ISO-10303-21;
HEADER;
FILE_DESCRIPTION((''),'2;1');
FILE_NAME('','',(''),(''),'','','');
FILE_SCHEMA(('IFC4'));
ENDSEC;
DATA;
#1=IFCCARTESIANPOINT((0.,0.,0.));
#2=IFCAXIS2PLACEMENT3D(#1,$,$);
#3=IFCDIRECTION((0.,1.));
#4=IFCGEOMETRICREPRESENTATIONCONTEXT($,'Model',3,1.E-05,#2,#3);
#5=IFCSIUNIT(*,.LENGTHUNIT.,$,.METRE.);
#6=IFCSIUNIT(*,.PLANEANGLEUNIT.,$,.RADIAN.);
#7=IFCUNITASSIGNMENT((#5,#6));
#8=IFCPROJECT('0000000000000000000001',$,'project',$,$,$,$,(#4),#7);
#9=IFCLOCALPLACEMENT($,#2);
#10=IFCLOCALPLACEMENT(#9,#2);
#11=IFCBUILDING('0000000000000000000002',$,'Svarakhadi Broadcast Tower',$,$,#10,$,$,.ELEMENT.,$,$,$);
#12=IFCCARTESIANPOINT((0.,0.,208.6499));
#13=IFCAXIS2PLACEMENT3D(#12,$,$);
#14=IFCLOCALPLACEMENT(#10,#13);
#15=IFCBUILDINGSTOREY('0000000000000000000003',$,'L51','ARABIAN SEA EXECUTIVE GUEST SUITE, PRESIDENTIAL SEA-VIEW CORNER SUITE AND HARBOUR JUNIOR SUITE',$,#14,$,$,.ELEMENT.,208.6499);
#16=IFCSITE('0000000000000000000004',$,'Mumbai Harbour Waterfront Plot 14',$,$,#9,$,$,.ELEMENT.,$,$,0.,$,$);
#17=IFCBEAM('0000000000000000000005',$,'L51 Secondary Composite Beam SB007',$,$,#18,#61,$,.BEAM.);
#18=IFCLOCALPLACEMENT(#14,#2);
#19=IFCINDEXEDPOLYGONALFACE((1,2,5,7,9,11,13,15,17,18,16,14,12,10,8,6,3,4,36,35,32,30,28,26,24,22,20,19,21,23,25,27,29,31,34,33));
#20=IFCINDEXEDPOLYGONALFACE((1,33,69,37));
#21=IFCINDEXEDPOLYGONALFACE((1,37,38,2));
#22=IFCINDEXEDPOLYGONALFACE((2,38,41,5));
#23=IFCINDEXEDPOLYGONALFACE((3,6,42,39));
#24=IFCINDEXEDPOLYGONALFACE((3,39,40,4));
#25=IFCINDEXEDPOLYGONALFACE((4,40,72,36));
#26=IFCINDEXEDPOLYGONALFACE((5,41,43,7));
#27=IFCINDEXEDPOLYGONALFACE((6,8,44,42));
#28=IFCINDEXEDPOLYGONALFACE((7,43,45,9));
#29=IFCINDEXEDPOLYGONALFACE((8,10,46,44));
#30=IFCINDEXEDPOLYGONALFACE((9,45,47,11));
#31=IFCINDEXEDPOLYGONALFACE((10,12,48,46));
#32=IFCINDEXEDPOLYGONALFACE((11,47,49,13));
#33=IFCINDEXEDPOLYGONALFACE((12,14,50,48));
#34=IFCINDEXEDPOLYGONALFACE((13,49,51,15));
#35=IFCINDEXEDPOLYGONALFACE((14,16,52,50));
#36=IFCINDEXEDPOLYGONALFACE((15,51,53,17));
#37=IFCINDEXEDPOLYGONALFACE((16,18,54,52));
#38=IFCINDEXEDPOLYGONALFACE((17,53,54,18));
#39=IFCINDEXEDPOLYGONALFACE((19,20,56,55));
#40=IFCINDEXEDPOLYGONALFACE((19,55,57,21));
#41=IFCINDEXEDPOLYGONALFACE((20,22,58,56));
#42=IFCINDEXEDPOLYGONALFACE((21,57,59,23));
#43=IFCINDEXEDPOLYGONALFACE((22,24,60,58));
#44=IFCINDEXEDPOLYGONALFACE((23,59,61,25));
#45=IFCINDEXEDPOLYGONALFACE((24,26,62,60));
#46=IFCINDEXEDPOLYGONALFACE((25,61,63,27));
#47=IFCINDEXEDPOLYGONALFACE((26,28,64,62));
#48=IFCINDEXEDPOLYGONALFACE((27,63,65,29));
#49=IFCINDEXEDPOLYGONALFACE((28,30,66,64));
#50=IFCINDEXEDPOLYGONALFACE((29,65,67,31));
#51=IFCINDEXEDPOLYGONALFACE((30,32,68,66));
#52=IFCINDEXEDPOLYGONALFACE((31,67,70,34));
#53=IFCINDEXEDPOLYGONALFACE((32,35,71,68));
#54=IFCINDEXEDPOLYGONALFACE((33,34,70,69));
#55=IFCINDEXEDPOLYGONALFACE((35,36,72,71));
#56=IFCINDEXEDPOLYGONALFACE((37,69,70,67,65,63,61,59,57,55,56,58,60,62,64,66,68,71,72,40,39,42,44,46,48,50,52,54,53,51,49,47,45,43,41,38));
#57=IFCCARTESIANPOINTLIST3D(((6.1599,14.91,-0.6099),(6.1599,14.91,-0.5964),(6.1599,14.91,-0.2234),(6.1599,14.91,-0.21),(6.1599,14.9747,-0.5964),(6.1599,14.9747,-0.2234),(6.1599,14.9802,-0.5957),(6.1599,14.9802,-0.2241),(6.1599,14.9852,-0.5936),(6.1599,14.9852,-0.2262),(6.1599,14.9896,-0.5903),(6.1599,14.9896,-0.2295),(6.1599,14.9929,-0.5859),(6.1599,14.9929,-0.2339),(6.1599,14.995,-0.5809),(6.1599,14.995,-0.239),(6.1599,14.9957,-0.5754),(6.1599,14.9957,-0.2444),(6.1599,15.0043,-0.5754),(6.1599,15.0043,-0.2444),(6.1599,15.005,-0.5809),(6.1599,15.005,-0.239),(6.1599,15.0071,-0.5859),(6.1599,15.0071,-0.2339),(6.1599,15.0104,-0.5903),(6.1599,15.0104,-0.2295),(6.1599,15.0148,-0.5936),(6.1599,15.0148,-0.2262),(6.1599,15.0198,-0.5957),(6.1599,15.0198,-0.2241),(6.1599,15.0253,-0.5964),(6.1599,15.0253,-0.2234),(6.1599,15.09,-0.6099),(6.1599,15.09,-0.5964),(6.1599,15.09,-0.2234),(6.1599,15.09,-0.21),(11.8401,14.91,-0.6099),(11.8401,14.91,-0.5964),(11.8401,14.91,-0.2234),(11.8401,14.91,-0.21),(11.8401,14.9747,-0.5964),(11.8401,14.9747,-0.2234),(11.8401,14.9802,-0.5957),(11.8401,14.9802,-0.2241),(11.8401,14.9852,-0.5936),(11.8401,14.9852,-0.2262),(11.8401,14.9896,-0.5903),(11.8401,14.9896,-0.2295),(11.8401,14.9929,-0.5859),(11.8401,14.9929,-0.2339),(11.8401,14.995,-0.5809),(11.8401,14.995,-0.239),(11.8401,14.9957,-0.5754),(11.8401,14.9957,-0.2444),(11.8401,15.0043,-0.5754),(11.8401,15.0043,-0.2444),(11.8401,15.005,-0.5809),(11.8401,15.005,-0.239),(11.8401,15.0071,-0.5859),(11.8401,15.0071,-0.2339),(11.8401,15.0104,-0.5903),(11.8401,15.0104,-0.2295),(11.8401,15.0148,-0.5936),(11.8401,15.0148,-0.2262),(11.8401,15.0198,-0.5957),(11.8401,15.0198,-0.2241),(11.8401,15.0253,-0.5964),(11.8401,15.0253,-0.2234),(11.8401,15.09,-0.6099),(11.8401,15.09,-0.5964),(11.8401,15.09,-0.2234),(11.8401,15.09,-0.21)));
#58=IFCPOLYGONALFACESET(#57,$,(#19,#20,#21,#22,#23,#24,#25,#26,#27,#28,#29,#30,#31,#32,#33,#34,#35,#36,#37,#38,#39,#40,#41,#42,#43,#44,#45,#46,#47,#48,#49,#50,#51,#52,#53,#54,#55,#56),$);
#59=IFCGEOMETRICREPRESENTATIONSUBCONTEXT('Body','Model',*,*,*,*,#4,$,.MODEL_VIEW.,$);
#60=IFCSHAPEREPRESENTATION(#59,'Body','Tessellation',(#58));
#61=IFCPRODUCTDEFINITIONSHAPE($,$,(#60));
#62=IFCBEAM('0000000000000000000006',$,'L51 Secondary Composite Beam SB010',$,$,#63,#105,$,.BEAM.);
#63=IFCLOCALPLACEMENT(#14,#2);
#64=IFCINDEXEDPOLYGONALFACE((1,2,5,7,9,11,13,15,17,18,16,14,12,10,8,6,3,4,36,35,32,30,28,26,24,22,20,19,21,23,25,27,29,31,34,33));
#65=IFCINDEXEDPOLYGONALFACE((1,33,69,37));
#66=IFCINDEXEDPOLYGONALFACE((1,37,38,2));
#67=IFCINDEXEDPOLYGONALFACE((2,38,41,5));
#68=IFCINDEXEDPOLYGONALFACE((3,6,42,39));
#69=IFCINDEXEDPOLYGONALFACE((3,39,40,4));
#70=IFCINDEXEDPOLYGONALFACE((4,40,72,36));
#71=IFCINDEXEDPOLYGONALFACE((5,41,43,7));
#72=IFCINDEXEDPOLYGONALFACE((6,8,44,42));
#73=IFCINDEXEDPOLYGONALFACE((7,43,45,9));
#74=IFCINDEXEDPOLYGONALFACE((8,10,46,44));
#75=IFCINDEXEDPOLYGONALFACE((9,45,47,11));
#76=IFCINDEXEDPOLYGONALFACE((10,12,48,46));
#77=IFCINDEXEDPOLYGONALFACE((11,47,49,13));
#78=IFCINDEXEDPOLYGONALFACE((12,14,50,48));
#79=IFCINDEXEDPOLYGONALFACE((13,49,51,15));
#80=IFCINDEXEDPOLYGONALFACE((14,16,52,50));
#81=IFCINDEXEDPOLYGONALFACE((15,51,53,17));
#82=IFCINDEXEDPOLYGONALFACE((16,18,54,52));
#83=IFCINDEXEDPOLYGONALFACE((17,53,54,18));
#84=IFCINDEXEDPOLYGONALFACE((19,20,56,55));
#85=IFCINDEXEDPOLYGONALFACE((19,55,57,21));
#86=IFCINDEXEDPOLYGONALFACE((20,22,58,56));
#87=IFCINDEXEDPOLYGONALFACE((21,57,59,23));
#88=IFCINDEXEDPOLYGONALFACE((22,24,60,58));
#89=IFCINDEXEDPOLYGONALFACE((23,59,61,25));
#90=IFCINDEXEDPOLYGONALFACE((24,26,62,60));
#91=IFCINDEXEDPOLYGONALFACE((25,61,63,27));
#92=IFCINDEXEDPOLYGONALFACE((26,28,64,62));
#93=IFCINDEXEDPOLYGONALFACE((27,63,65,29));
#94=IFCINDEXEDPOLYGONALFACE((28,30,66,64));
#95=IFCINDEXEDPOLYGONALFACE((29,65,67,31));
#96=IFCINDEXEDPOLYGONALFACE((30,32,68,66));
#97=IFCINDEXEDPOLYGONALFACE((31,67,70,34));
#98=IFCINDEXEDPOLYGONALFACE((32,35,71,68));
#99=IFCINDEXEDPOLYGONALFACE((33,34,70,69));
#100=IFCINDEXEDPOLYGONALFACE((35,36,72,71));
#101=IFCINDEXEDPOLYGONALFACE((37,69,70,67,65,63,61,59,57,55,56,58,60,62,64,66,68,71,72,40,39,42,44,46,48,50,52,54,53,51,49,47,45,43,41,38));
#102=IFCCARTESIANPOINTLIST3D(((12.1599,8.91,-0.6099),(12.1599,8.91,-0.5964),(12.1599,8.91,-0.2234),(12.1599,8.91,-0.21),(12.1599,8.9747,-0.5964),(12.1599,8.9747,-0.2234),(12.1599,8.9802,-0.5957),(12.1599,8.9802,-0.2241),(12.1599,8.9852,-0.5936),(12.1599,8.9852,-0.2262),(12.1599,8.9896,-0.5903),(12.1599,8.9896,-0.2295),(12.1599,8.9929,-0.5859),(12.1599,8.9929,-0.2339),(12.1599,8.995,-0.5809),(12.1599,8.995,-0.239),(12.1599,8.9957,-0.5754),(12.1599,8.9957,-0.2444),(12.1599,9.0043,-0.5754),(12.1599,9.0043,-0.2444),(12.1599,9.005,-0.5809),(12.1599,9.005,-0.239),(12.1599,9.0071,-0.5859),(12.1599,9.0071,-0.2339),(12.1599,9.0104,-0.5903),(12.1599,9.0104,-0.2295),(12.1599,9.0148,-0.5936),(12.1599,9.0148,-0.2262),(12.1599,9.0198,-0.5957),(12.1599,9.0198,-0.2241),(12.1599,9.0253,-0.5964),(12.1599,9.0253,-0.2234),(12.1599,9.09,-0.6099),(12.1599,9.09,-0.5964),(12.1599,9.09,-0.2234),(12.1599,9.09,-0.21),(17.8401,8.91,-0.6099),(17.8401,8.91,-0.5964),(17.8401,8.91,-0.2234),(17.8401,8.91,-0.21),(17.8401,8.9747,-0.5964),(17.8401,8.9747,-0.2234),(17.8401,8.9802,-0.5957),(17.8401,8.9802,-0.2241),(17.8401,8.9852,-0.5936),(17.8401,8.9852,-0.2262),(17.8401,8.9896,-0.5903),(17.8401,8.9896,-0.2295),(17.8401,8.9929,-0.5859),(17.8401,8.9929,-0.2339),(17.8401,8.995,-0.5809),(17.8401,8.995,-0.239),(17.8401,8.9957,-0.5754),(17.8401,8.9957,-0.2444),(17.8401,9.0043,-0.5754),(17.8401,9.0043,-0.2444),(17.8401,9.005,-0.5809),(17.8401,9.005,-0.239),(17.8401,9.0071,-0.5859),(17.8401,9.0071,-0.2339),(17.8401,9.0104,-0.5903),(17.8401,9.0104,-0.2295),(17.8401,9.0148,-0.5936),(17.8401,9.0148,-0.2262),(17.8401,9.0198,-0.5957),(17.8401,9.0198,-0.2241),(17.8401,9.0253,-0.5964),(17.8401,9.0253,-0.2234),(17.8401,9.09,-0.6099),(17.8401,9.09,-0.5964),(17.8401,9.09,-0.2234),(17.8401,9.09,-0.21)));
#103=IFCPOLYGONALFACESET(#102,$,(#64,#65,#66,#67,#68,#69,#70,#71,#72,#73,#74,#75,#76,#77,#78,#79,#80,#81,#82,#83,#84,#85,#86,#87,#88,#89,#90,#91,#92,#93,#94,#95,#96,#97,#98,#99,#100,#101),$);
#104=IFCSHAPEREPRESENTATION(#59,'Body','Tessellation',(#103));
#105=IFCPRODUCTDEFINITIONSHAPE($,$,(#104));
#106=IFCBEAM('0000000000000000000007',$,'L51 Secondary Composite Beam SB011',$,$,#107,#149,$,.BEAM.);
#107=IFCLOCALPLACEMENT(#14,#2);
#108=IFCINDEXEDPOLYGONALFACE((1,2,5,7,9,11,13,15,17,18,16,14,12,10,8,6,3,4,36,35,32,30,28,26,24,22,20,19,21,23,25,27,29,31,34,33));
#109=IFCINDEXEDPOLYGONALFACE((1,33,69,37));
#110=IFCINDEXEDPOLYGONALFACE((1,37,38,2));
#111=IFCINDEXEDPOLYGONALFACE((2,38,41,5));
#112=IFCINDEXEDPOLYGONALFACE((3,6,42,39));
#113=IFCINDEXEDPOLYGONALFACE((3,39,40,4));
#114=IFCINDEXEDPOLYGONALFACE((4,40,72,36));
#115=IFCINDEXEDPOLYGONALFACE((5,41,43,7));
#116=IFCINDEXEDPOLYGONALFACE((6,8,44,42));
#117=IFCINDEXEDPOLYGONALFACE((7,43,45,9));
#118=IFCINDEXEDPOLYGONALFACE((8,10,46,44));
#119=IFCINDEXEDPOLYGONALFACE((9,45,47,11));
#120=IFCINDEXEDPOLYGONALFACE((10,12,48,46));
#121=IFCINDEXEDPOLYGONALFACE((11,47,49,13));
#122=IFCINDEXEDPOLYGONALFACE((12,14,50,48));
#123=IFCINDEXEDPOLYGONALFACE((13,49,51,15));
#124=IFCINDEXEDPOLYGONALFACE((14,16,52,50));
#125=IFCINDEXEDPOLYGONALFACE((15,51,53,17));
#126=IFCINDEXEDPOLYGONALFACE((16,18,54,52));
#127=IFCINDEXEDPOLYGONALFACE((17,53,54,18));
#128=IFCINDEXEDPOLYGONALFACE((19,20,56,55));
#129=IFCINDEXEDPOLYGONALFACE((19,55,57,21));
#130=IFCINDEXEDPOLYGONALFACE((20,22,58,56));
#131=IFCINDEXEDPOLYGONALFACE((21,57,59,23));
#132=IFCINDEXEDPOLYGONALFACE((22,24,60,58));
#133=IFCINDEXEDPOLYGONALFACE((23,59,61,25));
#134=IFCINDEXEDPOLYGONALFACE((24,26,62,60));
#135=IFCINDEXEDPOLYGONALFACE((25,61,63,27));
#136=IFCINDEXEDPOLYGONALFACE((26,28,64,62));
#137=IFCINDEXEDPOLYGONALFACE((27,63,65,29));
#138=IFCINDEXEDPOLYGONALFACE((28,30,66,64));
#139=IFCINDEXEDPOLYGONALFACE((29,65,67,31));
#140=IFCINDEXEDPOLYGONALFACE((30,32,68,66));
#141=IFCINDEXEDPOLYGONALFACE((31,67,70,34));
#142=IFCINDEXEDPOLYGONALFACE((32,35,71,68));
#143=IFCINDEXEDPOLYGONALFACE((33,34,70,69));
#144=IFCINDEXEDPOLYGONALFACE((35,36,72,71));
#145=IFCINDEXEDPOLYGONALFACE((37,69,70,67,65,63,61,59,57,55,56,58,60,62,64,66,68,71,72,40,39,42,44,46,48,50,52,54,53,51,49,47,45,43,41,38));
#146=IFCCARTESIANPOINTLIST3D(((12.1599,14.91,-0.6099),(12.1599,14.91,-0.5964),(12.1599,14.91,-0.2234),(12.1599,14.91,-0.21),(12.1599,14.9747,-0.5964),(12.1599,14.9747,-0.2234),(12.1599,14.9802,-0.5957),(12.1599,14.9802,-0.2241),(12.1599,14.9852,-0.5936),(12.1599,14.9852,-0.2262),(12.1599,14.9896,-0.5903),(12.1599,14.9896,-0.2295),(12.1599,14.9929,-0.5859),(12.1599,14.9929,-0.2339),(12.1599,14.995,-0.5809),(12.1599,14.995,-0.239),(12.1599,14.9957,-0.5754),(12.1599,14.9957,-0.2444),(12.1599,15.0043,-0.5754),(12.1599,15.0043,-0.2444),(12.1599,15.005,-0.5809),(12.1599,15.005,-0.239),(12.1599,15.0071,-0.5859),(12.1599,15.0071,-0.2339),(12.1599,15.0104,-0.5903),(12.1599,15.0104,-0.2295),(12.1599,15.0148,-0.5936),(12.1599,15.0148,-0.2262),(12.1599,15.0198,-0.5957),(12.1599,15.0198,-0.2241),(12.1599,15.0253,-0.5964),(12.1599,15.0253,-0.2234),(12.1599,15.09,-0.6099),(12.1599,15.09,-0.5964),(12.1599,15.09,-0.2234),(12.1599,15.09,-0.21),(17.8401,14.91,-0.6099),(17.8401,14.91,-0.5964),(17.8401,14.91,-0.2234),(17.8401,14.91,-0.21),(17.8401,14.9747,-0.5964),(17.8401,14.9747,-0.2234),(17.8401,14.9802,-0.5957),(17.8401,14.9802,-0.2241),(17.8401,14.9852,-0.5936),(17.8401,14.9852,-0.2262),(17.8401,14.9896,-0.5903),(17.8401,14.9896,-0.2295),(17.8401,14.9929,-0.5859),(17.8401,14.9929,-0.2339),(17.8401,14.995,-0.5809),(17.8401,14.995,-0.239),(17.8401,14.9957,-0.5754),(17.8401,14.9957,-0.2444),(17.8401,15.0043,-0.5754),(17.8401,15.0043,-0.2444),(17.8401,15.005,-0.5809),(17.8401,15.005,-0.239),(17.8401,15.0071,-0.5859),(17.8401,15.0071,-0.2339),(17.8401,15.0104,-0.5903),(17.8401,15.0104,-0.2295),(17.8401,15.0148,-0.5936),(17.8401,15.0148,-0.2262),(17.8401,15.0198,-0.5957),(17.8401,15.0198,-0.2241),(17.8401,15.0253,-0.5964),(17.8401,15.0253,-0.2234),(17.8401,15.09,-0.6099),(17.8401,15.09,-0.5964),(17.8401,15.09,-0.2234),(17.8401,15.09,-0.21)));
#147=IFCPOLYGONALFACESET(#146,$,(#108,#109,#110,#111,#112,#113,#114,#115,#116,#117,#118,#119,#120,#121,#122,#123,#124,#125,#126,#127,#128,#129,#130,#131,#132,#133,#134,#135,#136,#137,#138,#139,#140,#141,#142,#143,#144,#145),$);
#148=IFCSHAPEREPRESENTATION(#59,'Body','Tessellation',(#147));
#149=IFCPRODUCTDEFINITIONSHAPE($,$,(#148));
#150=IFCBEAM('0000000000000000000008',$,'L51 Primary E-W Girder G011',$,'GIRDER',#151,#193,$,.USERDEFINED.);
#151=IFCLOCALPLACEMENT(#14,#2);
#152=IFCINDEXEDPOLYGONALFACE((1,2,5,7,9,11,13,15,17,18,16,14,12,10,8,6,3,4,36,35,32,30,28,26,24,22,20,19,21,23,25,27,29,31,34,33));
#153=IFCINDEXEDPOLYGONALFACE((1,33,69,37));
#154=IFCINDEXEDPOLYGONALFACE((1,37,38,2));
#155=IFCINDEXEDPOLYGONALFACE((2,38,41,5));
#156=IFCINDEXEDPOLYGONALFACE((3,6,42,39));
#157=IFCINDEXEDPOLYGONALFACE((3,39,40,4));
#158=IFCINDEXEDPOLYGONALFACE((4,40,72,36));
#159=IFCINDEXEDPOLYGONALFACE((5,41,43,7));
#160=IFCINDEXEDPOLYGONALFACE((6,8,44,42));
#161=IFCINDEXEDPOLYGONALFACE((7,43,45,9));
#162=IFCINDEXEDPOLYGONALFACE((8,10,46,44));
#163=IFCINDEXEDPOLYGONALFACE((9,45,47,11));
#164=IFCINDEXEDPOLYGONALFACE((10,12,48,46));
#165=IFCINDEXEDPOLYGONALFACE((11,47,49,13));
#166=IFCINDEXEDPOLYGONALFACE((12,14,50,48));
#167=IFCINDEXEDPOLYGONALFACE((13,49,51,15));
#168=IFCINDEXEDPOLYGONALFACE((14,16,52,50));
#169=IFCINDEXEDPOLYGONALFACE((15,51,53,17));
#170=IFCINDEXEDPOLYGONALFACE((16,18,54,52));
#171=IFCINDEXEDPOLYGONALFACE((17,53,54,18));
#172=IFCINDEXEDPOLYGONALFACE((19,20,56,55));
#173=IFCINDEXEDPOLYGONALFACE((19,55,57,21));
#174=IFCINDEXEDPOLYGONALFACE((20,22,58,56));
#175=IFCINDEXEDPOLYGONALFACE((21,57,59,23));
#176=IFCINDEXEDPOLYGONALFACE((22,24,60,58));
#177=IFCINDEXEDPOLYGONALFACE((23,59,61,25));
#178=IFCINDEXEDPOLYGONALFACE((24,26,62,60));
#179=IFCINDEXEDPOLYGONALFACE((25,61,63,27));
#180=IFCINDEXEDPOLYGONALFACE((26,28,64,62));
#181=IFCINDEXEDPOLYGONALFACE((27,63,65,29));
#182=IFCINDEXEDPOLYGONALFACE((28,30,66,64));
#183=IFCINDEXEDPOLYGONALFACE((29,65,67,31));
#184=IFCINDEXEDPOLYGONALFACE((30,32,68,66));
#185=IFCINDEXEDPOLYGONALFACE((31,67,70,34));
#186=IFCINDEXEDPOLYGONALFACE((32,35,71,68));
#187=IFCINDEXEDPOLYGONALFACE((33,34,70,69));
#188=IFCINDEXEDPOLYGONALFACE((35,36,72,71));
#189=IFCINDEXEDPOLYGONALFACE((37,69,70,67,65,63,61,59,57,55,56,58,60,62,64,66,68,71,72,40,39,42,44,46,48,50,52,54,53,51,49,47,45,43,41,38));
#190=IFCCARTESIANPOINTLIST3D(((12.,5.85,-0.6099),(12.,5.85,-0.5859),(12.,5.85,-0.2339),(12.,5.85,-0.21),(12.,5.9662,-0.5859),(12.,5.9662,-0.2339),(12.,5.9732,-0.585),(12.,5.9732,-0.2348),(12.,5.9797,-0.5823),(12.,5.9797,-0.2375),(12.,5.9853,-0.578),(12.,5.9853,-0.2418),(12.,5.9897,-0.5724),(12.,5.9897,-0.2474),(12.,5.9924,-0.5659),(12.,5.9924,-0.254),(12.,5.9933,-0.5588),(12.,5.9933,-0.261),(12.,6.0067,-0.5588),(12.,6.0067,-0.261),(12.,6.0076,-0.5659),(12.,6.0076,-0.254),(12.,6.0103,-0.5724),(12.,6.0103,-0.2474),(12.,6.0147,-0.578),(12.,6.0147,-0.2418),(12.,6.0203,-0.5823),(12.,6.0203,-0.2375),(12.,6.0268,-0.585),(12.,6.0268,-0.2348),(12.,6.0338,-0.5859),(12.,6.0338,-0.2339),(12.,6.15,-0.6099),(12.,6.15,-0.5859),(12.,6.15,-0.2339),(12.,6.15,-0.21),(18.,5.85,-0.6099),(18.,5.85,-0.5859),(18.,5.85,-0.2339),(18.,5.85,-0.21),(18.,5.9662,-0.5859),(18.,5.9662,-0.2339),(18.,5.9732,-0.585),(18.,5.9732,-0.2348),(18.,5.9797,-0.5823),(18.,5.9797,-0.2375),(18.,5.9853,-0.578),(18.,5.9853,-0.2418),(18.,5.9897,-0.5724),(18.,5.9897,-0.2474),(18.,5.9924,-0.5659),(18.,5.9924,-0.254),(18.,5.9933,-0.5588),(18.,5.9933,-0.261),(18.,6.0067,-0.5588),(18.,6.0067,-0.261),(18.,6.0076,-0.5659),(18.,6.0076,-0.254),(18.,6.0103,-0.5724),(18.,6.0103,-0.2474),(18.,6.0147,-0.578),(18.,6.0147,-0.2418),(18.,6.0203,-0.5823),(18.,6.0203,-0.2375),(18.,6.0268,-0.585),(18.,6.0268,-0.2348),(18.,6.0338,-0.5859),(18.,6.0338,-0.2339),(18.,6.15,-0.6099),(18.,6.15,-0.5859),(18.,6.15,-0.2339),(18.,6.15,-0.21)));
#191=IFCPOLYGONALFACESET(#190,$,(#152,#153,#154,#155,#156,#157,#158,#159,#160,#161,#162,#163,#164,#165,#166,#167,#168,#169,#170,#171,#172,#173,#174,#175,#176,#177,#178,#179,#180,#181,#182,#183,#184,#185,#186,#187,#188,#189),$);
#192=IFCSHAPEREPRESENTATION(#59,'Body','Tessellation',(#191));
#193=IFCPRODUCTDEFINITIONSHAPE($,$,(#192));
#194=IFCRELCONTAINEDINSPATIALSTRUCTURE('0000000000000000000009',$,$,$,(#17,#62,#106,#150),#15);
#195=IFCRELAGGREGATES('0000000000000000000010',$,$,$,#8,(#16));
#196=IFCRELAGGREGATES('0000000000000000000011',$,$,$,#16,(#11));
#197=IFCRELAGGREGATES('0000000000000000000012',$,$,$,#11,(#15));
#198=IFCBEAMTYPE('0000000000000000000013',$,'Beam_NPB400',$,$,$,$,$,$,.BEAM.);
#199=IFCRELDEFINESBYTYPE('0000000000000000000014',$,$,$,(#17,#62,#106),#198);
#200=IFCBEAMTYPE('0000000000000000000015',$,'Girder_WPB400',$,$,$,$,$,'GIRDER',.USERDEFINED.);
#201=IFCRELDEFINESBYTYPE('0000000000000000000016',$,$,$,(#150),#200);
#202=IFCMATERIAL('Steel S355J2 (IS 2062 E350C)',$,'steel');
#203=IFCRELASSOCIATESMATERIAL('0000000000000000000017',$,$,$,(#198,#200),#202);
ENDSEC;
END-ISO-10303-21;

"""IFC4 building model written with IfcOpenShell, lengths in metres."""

from ifc_helpers import new_model, si_unit, direction, frame, origin, origin_2d, place, context, subcontext, project, spatial, i_section, extrude, material, material_profile, profile_set, type_object, element, save


model = new_model("IFC4")

# Units and contexts
model_context = context("Model", 3, precision=1e-05, world=origin(), true_north=direction((0.0, 1.0)))
body_context = subcontext(model_context, "Body", "Model", "MODEL_VIEW")
ifc_project = project(units=[si_unit("LENGTHUNIT", "METRE"), si_unit("PLANEANGLEUNIT", "RADIAN")], contexts=[model_context])

# Site, building, storey
site_placement = place(None, origin())
site = spatial("IfcSite", under=ifc_project, at=site_placement, Name="Mumbai Harbour Waterfront Plot 14", CompositionType="ELEMENT", RefElevation=0.0)
building_placement = place(site_placement, origin())
building = spatial("IfcBuilding", under=site, at=building_placement, Name="Svarakhadi Broadcast Tower", CompositionType="ELEMENT")
storey_placement = place(building_placement, frame((0.0, 0.0, 208.6499)))
storey = spatial("IfcBuildingStorey", under=building, at=storey_placement, Name="L51", Description="ARABIAN SEA EXECUTIVE GUEST SUITE, PRESIDENTIAL SEA-VIEW CORNER SUITE AND HARBOUR JUNIOR SUITE", CompositionType="ELEMENT", Elevation=208.6499)

# Beams
ifc_material_1 = material(Name="Steel S355J2 (IS 2062 E350C)", Category="steel")
ifc_material_profile_1 = material_profile(ifc_material_1, i_section(OverallWidth=0.1799, OverallDepth=0.3999, WebThickness=0.0085, FlangeThickness=0.0134, FilletRadius=0.021, at=origin_2d()), Name="NPB 400x180x66")
ifc_profile_set_1 = profile_set([ifc_material_profile_1], Name="Steel S355J2 (IS 2062 E350C)")
beam_type_1 = type_object("IfcBeamType", Name="Beam_NPB400", PredefinedType="BEAM", material=ifc_profile_set_1)
for number, where, z_axis, x_axis, name in (
    (1, (6.1599, 15.0, -0.4099), (1.0, 0.0, 0.0), (0.0, 1.0, 0.0), "L51 Secondary Composite Beam SB007"),
    (2, (12.1599, 9.0, -0.4099), (1.0, 0.0, 0.0), (0.0, 1.0, 0.0), "L51 Secondary Composite Beam SB010"),
    (3, (12.1599, 15.0, -0.4099), (1.0, 0.0, 0.0), (0.0, 1.0, 0.0), "L51 Secondary Composite Beam SB011"),
):
    element("IfcBeam", number, at=place(storey_placement, frame(where, z_axis=z_axis, x_axis=x_axis)), inside=storey, type_object=beam_type_1, Name=name, PredefinedType="BEAM", context=body_context, shape_type="SweptSolid", body=[
        extrude(i_section(OverallWidth=0.1799, OverallDepth=0.3999, WebThickness=0.0085, FlangeThickness=0.0134, FilletRadius=0.021, at=origin_2d()), origin(), (0.0, 0.0, 1.0), 5.6802),
    ])
ifc_material_profile_2 = material_profile(ifc_material_1, i_section(OverallWidth=0.3, OverallDepth=0.3999, WebThickness=0.0134, FlangeThickness=0.0239, FilletRadius=0.0271, at=origin_2d()), Name="WPB 400x300x155")
ifc_profile_set_2 = profile_set([ifc_material_profile_2], Name="Steel S355J2 (IS 2062 E350C)")
beam_type_2 = type_object("IfcBeamType", Name="Girder_WPB400", ElementType="GIRDER", PredefinedType="USERDEFINED", material=ifc_profile_set_2)
for number, where, z_axis, x_axis, name in (
    (4, (12.0, 6.0, -0.4099), (1.0, 0.0, 0.0), (0.0, 1.0, 0.0), "L51 Primary E-W Girder G011"),
):
    element("IfcBeam", number, at=place(storey_placement, frame(where, z_axis=z_axis, x_axis=x_axis)), inside=storey, type_object=beam_type_2, Name=name, ObjectType="GIRDER", PredefinedType="USERDEFINED", context=body_context, shape_type="SweptSolid", body=[
        extrude(i_section(OverallWidth=0.3, OverallDepth=0.3999, WebThickness=0.0134, FlangeThickness=0.0239, FilletRadius=0.0271, at=origin_2d()), origin(), (0.0, 0.0, 1.0), 6.0),
    ])

save(model, "model.ifc")
